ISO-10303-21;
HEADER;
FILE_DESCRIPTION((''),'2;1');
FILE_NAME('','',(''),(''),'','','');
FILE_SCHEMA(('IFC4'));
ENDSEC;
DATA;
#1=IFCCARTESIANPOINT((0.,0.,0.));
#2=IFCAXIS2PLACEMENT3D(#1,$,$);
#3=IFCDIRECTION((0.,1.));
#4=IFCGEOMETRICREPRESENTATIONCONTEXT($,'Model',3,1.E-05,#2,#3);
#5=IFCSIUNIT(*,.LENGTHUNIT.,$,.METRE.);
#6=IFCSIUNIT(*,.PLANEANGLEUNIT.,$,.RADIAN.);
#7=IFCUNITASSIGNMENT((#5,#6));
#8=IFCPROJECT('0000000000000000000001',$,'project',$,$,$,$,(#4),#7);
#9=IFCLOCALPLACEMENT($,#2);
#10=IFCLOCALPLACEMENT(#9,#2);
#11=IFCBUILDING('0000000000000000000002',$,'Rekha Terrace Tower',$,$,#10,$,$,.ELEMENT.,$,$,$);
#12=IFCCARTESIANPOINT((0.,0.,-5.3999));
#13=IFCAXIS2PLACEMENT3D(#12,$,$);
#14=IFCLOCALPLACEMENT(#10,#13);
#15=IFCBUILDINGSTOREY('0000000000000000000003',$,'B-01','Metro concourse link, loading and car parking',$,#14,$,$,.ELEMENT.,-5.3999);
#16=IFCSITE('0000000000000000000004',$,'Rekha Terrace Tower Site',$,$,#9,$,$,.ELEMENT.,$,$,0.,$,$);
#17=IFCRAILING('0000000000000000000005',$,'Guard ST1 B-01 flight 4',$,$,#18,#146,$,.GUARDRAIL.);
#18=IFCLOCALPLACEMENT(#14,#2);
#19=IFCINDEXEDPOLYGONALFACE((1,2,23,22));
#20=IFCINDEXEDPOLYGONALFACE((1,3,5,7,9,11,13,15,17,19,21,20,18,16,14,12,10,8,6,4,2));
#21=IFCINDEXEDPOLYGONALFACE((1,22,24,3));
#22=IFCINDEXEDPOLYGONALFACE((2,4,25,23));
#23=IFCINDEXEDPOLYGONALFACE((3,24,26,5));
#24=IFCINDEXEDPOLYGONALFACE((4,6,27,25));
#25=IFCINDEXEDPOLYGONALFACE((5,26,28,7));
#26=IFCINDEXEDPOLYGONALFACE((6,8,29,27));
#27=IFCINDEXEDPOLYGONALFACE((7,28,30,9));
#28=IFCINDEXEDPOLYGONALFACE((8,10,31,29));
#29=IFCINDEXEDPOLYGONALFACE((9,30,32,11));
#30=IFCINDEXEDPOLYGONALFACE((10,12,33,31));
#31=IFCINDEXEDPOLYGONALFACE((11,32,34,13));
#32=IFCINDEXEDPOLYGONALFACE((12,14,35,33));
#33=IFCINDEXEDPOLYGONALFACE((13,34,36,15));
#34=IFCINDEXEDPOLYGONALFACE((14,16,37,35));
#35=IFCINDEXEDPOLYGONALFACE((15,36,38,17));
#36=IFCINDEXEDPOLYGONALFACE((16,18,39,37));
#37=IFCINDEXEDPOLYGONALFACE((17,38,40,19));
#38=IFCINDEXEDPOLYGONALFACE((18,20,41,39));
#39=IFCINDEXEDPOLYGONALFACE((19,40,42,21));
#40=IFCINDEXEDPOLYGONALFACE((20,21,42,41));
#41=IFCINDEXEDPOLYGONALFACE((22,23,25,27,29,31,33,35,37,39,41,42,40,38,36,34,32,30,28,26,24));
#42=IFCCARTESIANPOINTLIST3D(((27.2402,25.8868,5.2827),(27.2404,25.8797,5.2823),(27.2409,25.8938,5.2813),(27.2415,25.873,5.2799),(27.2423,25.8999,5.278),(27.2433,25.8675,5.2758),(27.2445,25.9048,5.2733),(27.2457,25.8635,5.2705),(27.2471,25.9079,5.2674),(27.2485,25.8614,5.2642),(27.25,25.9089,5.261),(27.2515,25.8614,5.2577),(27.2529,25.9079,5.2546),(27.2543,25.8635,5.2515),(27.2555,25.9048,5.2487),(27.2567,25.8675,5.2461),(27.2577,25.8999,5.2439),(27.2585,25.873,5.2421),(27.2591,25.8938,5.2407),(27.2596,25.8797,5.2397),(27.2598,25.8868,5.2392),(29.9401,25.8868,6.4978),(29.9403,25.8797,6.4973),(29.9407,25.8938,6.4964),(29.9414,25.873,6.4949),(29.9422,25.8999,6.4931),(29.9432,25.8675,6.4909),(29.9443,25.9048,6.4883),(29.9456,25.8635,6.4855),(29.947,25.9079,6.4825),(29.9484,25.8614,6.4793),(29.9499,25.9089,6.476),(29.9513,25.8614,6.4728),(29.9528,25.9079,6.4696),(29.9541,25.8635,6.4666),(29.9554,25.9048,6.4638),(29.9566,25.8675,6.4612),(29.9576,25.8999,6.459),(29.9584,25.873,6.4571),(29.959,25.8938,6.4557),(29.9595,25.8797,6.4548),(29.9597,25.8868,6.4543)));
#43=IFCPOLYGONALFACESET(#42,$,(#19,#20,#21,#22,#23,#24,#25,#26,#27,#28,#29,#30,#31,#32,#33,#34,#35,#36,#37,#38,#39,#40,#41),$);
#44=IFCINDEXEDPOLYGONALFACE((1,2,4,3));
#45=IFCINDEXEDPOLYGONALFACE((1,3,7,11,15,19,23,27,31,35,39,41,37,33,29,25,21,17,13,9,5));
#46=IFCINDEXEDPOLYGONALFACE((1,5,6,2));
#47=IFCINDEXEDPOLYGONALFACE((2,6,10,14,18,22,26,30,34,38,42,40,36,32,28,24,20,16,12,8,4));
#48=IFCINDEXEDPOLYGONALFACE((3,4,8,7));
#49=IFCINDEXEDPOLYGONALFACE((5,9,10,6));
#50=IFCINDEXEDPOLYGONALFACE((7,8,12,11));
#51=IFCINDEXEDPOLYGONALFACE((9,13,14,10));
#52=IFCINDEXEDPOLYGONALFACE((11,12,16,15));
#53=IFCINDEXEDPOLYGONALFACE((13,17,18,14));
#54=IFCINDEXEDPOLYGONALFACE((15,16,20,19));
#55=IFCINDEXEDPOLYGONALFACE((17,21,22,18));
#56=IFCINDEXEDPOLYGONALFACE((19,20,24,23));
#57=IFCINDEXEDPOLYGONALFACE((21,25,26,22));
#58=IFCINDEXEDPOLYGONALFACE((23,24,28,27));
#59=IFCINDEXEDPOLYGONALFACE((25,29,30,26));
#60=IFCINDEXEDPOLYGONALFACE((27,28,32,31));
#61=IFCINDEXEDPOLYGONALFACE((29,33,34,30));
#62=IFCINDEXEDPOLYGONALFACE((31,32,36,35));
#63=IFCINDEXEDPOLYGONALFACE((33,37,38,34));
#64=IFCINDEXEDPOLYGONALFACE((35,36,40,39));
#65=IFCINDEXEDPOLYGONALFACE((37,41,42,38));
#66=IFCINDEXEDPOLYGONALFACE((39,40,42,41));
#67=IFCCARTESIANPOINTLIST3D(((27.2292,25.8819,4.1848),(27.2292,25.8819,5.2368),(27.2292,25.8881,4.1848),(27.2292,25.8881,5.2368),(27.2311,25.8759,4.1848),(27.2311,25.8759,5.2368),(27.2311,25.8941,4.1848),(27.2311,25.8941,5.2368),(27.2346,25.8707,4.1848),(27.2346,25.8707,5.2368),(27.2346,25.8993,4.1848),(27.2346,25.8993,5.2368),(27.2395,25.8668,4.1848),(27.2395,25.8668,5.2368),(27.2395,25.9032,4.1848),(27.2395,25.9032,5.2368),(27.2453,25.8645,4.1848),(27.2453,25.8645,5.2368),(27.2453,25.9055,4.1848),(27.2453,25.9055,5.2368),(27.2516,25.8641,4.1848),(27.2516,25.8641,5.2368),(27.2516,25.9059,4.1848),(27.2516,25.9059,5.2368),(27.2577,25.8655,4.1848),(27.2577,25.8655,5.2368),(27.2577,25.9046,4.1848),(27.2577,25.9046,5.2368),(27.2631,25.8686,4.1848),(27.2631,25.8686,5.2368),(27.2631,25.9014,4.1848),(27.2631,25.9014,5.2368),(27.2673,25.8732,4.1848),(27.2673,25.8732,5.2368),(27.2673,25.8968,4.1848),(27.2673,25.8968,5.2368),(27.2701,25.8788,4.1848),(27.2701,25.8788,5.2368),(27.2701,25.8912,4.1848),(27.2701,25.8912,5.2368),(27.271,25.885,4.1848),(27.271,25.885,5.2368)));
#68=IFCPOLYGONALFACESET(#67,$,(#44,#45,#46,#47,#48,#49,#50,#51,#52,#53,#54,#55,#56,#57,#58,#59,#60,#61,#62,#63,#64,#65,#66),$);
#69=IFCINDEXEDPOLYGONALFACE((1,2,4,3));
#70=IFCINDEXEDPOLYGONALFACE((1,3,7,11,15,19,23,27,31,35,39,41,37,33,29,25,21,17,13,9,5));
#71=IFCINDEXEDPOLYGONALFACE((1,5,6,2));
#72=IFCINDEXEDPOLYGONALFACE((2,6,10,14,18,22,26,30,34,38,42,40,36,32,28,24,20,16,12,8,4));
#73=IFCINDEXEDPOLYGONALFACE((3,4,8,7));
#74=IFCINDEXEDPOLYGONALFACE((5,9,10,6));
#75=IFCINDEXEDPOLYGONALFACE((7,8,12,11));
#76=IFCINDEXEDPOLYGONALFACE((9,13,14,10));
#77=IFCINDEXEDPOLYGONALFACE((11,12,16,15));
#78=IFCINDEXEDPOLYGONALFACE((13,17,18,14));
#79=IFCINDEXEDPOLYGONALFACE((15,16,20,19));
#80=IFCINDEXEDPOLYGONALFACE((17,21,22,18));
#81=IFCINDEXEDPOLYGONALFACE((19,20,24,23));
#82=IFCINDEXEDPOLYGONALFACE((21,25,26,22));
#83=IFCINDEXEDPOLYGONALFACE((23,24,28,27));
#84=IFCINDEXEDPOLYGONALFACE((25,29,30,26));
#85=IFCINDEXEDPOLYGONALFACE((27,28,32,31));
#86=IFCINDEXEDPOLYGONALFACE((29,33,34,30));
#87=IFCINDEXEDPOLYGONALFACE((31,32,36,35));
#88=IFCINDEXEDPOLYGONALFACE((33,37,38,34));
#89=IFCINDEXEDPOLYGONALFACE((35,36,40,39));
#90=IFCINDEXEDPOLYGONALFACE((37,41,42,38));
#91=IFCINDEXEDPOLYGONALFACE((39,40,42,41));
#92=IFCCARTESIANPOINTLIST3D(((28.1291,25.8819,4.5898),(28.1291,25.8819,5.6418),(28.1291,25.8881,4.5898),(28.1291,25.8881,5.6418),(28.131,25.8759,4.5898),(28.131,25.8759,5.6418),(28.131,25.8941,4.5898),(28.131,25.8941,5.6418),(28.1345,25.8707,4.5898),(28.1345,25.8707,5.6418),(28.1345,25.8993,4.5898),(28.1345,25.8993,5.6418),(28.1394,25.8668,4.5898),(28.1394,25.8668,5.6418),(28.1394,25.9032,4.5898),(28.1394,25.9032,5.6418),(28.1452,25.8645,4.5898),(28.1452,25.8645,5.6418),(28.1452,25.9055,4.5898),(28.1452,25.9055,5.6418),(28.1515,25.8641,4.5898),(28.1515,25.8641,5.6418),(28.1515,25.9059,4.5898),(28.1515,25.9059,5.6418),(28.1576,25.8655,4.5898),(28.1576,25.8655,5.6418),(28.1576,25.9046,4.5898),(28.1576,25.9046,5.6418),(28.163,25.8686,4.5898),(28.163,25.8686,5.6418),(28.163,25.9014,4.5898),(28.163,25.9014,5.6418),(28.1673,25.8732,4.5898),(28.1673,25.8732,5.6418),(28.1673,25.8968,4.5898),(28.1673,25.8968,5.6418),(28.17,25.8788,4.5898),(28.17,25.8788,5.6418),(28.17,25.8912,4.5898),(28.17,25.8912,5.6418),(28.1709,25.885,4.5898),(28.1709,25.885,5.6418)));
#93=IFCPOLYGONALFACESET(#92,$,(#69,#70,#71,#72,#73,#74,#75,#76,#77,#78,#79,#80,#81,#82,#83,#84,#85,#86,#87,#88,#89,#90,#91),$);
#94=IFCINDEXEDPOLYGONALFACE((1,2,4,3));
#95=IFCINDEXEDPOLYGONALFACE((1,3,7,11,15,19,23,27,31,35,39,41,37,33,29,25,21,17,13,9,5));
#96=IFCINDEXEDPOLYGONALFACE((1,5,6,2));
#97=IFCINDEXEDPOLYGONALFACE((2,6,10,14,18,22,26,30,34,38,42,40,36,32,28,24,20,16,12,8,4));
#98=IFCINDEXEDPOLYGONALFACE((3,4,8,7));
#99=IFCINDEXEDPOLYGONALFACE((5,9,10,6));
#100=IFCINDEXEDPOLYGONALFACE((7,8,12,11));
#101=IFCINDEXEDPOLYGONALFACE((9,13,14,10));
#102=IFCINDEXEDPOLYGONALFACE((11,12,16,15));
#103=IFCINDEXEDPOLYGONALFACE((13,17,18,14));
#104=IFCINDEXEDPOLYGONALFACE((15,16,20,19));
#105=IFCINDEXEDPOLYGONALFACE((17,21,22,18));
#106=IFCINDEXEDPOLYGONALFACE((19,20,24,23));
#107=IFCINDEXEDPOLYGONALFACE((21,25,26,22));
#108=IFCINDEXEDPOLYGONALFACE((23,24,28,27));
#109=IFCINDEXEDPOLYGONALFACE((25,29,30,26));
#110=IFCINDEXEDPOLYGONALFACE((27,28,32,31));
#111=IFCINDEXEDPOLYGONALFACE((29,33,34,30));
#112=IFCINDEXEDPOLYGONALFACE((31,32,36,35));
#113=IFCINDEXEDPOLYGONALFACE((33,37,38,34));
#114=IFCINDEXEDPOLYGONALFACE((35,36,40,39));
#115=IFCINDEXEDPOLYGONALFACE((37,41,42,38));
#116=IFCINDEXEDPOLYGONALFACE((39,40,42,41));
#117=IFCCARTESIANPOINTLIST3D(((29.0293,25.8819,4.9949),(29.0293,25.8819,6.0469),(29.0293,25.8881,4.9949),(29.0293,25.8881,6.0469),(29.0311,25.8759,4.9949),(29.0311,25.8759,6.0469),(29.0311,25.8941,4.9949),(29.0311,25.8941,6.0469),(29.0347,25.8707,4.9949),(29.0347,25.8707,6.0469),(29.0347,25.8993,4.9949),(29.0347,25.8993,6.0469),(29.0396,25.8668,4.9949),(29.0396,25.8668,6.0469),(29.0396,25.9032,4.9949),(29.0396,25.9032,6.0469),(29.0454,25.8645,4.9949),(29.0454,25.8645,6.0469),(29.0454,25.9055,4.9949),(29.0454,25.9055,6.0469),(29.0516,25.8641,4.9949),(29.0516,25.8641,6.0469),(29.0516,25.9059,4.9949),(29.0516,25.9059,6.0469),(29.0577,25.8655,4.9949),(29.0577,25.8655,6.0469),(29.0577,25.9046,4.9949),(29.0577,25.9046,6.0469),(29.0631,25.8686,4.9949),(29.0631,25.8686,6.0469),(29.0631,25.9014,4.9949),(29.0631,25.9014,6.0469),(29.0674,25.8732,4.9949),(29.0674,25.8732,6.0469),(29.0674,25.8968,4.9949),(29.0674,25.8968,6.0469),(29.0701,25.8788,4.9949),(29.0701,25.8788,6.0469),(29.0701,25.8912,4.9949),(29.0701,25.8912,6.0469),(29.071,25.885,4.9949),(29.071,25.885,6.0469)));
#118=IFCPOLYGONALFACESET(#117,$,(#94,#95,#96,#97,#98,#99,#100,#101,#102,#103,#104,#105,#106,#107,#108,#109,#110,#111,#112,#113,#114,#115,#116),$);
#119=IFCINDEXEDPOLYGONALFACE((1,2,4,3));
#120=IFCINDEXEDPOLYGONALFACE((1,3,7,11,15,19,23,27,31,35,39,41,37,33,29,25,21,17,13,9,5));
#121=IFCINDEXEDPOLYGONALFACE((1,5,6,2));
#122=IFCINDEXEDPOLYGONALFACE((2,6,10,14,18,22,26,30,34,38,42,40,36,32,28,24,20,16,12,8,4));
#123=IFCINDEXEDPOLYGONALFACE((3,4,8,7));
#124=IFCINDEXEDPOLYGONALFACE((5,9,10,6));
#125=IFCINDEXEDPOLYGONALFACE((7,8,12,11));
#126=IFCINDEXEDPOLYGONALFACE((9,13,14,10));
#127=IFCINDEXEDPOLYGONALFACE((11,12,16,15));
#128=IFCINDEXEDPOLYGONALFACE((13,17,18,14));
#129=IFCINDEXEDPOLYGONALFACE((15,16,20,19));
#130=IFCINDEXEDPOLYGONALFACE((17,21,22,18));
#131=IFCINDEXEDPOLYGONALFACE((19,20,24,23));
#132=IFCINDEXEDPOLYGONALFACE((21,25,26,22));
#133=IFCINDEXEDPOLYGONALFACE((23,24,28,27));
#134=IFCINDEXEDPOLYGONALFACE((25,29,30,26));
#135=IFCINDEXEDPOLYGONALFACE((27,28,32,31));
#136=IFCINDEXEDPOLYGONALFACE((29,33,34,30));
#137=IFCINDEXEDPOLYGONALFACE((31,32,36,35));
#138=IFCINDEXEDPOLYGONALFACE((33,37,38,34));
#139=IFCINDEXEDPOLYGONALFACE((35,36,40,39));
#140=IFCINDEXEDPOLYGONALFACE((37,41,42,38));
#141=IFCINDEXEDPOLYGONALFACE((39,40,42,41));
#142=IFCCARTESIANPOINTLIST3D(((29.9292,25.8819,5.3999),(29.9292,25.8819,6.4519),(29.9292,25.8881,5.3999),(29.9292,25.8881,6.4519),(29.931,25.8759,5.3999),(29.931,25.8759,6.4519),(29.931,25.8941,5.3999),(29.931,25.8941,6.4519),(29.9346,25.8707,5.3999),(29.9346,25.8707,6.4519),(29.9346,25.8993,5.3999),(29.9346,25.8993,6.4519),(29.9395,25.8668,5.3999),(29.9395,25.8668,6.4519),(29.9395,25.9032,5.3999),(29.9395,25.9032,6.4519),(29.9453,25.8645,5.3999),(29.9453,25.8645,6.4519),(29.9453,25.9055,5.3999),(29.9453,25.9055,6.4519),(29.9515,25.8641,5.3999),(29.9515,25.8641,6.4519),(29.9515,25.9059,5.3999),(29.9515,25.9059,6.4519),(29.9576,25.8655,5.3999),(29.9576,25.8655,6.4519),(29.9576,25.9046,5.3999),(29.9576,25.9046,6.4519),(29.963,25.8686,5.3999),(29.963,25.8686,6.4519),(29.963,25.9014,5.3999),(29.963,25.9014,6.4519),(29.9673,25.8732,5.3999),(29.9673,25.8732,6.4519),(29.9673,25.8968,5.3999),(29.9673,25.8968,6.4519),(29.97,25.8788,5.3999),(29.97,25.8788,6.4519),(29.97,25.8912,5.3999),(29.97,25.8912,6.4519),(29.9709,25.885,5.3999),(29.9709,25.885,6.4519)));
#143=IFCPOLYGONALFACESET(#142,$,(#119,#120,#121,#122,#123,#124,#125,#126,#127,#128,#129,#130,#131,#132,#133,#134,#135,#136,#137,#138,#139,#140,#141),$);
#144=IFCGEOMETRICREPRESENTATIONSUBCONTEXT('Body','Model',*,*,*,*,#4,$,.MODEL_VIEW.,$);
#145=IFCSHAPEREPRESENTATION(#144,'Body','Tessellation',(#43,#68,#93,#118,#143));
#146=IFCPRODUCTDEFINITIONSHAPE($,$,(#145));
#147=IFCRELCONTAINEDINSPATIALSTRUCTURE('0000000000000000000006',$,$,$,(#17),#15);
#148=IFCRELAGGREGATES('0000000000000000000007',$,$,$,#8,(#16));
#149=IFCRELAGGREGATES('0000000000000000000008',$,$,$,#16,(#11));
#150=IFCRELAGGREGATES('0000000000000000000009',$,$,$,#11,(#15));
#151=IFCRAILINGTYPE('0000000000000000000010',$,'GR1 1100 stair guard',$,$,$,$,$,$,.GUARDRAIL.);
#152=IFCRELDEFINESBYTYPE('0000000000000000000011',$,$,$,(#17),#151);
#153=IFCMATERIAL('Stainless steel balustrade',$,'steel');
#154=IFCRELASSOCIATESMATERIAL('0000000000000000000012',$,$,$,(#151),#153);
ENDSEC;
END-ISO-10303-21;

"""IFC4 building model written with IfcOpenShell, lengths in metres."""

from ifc_helpers import new_model, si_unit, direction, frame, origin, origin_2d, place, context, subcontext, project, spatial, circle, extrude, material, type_object, element, save


model = new_model("IFC4")

# Units and contexts
model_context = context("Model", 3, precision=1e-05, world=origin(), true_north=direction((0.0, 1.0)))
body_context = subcontext(model_context, "Body", "Model", "MODEL_VIEW")
ifc_project = project(units=[si_unit("LENGTHUNIT", "METRE"), si_unit("PLANEANGLEUNIT", "RADIAN")], contexts=[model_context])

# Site, building, storey
site_placement = place(None, origin())
site = spatial("IfcSite", under=ifc_project, at=site_placement, Name="Rekha Terrace Tower Site", CompositionType="ELEMENT", RefElevation=0.0)
building_placement = place(site_placement, origin())
building = spatial("IfcBuilding", under=site, at=building_placement, Name="Rekha Terrace Tower", CompositionType="ELEMENT")
storey_placement = place(building_placement, frame((0.0, 0.0, -5.3999)))
storey = spatial("IfcBuildingStorey", under=building, at=storey_placement, Name="B-01", Description="Metro concourse link, loading and car parking", CompositionType="ELEMENT", Elevation=-5.3999)

# Railing
ifc_material_1 = material(Name="Stainless steel balustrade", Category="steel")
railing_type_1 = type_object("IfcRailingType", Name="GR1 1100 stair guard", PredefinedType="GUARDRAIL", material=ifc_material_1)
railing_1_placement = place(storey_placement, frame((27.25, 25.885, 4.1848)))
element("IfcRailing", 1, at=railing_1_placement, inside=storey, type_object=railing_type_1, Name="Guard ST1 B-01 flight 4", PredefinedType="GUARDRAIL", context=body_context, shape_type="SweptSolid", body=[
    extrude(circle(Radius=0.0239, at=origin_2d()), frame((0.0, 0.0, 1.0762), z_axis=(0.911908, 0.0, 0.410396), x_axis=(0.0, 1.0, 0.0)), (0.0, 0.0, 1.0), 2.9607),
    extrude(circle(Radius=0.021, at=origin_2d()), origin(), (0.0, 0.0, 1.0), 1.052),
    extrude(circle(Radius=0.021, at=origin_2d()), frame((0.8999, 0.0, 0.405)), (0.0, 0.0, 1.0), 1.052),
    extrude(circle(Radius=0.021, at=origin_2d()), frame((1.8, 0.0, 0.8101)), (0.0, 0.0, 1.0), 1.052),
    extrude(circle(Radius=0.021, at=origin_2d()), frame((2.7, 0.0, 1.2151)), (0.0, 0.0, 1.0), 1.052),
])

save(model, "model.ifc")
